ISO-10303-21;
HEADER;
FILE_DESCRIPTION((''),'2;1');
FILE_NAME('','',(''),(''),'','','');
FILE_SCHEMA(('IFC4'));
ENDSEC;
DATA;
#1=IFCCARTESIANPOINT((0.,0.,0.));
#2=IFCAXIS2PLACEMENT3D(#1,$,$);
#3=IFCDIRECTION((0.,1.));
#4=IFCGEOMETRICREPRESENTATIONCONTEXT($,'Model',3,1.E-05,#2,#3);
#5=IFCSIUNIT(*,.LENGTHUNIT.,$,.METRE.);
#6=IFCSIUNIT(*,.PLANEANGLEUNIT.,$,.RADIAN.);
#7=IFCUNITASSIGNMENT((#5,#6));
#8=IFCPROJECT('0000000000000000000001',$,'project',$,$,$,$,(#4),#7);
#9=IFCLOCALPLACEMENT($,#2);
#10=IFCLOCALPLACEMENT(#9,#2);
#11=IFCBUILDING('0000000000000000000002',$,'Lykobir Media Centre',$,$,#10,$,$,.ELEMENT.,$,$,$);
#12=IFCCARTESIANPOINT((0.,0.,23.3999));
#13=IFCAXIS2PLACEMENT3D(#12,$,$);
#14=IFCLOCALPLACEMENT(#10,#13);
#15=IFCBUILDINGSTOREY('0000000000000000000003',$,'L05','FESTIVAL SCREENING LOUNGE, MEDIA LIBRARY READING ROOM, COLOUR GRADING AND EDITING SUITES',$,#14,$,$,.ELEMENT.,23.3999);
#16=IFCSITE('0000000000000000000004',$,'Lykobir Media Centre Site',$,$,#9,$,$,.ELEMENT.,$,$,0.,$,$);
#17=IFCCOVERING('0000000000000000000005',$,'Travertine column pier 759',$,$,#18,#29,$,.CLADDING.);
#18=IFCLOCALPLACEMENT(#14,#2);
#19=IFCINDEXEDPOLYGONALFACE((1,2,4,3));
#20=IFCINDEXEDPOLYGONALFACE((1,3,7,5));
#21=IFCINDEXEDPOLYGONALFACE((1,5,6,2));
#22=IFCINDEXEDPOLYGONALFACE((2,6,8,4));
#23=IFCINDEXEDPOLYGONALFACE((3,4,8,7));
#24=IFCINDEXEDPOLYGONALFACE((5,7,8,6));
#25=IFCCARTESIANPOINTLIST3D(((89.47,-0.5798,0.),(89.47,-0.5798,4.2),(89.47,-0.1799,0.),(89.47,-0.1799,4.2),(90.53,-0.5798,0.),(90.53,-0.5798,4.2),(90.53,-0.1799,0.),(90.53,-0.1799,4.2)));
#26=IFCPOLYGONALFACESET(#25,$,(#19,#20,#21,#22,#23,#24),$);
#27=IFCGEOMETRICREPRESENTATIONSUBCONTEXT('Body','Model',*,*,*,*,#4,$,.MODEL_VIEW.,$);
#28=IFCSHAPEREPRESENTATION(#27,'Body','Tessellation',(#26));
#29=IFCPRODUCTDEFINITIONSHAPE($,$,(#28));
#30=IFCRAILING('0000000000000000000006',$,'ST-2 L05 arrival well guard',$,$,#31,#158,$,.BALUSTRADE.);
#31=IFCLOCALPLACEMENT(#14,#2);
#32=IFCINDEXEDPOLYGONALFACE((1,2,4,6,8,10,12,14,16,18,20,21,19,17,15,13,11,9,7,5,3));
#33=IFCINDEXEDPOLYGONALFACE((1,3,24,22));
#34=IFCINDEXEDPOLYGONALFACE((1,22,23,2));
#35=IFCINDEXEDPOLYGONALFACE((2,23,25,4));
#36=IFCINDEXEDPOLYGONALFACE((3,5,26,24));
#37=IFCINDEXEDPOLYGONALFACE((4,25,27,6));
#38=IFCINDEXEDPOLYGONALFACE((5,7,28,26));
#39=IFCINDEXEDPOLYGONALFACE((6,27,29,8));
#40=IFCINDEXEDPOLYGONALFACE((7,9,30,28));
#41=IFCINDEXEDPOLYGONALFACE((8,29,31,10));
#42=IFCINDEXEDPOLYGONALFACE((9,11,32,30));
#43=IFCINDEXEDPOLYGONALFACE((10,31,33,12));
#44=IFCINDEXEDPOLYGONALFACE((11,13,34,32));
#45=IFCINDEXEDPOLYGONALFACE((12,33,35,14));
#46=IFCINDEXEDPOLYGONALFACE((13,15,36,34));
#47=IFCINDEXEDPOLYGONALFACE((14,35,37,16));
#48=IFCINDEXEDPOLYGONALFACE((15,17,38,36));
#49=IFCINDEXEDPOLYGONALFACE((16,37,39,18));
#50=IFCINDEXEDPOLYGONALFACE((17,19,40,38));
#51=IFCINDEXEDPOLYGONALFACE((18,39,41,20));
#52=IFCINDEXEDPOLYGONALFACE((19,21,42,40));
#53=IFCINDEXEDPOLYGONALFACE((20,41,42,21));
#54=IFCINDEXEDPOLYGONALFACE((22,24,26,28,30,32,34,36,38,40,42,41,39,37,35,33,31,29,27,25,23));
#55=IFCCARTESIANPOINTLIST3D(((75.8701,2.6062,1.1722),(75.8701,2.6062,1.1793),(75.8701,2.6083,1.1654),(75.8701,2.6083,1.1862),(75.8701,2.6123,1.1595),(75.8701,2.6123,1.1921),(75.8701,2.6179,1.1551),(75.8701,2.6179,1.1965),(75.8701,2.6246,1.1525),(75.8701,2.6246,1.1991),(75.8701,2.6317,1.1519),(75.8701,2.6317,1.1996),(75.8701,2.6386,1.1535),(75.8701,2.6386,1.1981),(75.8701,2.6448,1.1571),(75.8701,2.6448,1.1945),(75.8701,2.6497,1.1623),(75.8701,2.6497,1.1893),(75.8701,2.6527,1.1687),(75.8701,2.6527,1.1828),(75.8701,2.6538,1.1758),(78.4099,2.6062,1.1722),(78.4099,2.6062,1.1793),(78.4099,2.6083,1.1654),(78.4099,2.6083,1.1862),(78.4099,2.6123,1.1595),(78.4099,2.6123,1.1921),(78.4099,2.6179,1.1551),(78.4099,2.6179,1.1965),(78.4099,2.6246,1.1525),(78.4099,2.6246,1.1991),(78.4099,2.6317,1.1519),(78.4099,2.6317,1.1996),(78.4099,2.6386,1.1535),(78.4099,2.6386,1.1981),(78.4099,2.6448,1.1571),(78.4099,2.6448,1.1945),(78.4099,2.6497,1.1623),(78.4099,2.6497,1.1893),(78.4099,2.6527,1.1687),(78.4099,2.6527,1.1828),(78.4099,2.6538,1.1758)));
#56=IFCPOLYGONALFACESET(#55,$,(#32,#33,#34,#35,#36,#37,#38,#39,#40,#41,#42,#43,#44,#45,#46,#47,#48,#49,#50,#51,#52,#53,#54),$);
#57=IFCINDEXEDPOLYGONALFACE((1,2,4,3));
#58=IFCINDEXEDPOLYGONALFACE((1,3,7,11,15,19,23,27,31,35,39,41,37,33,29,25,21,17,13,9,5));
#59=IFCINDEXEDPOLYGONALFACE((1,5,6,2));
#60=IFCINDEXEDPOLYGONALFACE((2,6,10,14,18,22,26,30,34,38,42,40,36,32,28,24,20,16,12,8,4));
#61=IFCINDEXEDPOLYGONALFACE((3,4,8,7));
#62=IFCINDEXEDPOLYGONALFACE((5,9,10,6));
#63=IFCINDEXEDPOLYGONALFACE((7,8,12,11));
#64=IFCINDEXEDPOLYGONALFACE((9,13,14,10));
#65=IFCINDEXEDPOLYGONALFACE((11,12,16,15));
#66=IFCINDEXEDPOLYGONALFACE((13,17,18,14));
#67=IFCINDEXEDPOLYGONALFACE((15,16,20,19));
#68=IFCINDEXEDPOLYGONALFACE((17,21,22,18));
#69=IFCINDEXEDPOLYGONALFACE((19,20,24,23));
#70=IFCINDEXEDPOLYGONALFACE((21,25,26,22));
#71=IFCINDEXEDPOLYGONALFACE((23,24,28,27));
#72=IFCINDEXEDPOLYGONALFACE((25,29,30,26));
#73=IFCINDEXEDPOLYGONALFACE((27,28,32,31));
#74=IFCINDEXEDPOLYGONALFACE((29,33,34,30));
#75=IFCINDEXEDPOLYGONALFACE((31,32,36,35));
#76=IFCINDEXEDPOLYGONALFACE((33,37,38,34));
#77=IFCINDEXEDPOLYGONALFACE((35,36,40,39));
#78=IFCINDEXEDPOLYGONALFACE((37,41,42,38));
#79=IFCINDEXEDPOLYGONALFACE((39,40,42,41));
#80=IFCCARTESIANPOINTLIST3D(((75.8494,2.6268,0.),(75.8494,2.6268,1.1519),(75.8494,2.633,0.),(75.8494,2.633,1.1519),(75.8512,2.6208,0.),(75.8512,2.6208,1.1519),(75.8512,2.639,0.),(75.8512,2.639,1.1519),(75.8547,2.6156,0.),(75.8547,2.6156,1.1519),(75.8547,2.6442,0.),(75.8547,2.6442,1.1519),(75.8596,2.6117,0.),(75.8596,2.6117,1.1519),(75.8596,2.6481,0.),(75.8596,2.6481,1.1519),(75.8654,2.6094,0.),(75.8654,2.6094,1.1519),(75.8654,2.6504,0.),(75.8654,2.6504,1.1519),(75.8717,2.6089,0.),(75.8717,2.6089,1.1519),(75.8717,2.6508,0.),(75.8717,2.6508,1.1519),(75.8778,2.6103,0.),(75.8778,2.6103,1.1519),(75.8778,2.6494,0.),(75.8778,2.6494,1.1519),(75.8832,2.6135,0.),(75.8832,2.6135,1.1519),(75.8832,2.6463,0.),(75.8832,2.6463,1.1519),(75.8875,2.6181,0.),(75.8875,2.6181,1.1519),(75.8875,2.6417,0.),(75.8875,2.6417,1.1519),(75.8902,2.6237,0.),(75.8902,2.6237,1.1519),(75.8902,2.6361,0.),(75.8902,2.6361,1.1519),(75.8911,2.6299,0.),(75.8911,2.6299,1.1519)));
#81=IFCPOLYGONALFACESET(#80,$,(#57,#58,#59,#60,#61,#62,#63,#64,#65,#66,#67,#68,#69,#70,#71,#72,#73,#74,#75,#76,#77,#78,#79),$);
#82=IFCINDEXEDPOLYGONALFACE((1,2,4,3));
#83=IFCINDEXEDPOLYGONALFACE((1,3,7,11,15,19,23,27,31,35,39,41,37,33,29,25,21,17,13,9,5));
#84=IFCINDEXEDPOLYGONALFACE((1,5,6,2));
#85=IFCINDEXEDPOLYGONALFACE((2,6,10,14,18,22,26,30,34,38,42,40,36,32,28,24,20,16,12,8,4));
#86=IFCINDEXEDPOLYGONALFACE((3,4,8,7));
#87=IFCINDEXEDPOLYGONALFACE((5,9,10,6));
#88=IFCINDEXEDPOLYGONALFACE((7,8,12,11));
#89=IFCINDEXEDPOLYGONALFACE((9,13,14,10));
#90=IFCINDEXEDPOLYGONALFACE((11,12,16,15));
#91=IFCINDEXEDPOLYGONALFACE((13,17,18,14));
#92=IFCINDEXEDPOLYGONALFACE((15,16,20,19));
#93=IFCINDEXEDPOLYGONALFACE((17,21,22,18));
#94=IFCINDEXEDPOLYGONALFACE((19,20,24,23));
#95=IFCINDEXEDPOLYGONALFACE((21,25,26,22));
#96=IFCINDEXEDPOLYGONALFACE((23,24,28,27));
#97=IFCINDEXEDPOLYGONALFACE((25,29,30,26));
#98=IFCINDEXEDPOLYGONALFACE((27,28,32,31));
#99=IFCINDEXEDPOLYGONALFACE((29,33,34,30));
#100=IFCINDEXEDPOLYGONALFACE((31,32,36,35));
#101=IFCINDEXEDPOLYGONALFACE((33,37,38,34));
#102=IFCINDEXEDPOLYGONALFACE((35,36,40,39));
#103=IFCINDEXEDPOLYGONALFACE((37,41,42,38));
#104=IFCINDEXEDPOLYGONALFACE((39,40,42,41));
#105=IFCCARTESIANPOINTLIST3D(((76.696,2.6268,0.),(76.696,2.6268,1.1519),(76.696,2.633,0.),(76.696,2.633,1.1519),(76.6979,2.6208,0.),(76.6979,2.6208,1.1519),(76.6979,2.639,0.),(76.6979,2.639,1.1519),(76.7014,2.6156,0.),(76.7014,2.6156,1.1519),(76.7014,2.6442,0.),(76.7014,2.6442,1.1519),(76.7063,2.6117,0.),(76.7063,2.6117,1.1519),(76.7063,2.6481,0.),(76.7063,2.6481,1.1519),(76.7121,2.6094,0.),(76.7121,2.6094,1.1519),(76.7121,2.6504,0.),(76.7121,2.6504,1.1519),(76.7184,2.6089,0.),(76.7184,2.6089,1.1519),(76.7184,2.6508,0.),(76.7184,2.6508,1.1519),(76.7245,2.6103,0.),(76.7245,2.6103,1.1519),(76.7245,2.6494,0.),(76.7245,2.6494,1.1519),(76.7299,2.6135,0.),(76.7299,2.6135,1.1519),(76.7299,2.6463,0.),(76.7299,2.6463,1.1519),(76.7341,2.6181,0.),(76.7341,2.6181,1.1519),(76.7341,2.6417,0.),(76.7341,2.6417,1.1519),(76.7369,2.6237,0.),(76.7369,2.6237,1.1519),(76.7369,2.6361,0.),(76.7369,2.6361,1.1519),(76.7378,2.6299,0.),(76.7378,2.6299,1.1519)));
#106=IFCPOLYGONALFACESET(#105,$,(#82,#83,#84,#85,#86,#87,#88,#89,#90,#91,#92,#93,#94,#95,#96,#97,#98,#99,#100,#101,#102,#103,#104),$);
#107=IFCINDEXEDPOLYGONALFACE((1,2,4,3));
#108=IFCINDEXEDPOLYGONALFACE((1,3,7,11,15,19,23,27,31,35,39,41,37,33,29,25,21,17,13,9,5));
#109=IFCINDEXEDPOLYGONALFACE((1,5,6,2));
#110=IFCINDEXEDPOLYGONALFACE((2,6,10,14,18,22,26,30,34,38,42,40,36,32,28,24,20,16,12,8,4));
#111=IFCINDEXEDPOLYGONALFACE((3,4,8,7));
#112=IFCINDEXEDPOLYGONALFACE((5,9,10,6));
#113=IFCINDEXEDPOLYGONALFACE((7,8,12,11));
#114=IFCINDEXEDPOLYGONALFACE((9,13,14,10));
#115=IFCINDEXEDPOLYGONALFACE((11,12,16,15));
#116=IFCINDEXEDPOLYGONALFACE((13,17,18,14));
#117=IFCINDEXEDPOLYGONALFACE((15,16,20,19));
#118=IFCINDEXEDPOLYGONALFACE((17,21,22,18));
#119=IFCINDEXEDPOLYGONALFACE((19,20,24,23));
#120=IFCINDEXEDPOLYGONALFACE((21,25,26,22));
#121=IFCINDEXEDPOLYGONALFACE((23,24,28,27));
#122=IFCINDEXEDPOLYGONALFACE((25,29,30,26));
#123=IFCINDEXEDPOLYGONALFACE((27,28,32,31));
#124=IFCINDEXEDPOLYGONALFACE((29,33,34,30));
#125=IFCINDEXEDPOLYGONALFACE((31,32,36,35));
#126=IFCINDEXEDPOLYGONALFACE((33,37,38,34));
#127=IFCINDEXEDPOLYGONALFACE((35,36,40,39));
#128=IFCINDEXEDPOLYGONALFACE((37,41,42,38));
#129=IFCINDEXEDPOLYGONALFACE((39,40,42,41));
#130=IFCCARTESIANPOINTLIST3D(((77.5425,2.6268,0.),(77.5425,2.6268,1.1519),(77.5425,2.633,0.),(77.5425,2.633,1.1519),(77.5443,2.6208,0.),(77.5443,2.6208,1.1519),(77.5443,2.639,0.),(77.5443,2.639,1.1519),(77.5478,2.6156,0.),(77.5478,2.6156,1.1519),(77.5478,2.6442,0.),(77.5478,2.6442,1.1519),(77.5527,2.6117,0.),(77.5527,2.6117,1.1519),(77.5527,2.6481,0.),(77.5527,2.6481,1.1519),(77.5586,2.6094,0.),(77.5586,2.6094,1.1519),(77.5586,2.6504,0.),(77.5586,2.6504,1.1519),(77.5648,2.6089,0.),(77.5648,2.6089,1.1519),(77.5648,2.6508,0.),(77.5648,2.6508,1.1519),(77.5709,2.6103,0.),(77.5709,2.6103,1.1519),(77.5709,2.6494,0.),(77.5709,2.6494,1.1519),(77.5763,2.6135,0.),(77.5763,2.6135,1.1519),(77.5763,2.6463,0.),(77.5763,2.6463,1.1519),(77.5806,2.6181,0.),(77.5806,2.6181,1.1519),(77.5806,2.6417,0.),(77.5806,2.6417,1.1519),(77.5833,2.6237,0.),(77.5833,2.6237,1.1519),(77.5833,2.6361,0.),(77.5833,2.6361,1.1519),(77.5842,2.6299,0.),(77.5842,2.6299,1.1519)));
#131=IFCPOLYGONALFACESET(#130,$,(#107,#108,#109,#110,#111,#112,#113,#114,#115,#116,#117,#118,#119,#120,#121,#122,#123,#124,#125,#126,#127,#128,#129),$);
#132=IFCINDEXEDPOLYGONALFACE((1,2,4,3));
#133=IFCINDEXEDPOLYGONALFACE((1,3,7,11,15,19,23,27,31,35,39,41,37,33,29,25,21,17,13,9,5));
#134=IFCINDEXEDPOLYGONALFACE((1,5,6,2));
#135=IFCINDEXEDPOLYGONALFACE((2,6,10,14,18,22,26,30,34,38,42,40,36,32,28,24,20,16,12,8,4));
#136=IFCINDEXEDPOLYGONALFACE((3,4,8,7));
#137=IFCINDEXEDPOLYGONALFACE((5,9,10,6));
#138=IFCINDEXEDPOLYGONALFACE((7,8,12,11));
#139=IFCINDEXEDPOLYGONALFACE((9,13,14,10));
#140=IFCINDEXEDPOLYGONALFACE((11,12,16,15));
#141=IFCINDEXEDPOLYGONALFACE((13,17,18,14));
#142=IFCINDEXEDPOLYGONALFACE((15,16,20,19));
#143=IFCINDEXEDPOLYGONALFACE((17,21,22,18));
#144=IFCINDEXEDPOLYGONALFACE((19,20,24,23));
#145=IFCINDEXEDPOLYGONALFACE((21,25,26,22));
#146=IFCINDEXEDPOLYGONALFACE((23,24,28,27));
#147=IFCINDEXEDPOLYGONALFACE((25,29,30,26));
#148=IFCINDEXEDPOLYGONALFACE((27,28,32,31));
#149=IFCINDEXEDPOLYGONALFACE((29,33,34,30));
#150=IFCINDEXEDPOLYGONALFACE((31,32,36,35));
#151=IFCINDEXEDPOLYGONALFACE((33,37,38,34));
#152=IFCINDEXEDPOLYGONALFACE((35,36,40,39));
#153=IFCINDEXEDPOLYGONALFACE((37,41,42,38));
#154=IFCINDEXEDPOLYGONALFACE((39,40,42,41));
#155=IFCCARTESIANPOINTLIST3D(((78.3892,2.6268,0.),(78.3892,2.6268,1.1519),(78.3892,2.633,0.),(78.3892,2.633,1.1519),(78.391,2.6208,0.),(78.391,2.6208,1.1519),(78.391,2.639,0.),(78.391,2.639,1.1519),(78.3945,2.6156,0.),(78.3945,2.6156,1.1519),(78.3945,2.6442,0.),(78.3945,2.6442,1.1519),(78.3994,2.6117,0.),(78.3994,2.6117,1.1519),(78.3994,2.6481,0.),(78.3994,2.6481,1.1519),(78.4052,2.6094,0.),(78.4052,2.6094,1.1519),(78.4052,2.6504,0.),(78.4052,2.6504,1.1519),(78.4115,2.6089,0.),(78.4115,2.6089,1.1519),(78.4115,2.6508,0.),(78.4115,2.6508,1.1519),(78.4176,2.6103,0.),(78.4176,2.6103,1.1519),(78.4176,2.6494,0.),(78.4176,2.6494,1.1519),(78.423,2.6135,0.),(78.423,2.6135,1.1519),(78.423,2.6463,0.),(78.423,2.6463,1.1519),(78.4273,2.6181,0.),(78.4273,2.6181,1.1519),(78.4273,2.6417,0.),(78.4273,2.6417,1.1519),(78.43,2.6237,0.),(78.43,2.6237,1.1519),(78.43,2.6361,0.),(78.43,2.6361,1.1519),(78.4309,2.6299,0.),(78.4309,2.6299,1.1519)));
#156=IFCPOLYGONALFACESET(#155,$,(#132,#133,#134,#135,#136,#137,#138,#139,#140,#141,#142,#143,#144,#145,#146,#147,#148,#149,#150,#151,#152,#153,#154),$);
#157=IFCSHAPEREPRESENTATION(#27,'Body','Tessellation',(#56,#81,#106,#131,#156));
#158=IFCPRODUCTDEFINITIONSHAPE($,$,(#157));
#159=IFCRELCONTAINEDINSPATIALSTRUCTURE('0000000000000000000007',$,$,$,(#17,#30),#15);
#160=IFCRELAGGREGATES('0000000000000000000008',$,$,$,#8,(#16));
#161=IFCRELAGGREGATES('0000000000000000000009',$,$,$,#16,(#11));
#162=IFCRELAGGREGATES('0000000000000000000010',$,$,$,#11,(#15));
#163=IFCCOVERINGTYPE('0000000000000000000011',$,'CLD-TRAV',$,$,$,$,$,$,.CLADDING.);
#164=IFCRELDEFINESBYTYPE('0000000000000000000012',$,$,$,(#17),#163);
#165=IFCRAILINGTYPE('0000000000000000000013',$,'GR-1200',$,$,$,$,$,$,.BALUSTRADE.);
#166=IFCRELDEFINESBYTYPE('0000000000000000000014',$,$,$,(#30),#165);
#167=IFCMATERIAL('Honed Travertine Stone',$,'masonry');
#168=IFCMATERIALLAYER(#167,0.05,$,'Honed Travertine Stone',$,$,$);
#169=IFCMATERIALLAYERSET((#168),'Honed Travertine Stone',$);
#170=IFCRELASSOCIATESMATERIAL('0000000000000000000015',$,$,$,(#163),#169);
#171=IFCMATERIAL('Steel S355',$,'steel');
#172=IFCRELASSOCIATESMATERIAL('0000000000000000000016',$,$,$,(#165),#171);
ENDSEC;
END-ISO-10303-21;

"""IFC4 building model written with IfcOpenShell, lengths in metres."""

from ifc_helpers import new_model, si_unit, direction, frame, origin, origin_2d, place, context, subcontext, project, spatial, rectangle, circle, extrude, material, layer, layer_set, type_object, element, save


model = new_model("IFC4")

# Units and contexts
model_context = context("Model", 3, precision=1e-05, world=origin(), true_north=direction((0.0, 1.0)))
body_context = subcontext(model_context, "Body", "Model", "MODEL_VIEW")
ifc_project = project(units=[si_unit("LENGTHUNIT", "METRE"), si_unit("PLANEANGLEUNIT", "RADIAN")], contexts=[model_context])

# Site, building, storey
site_placement = place(None, origin())
site = spatial("IfcSite", under=ifc_project, at=site_placement, Name="Lykobir Media Centre Site", CompositionType="ELEMENT", RefElevation=0.0)
building_placement = place(site_placement, origin())
building = spatial("IfcBuilding", under=site, at=building_placement, Name="Lykobir Media Centre", CompositionType="ELEMENT")
storey_placement = place(building_placement, frame((0.0, 0.0, 23.3999)))
storey = spatial("IfcBuildingStorey", under=building, at=storey_placement, Name="L05", Description="FESTIVAL SCREENING LOUNGE, MEDIA LIBRARY READING ROOM, COLOUR GRADING AND EDITING SUITES", CompositionType="ELEMENT", Elevation=23.3999)

# Shared definitions
ifc_material_1 = material(Name="Steel S355", Category="steel")

# Covering
ifc_material_2 = material(Name="Honed Travertine Stone", Category="masonry")
ifc_layer_1 = layer(ifc_material_2, 0.05, Name="Honed Travertine Stone")
ifc_layer_set_1 = layer_set([ifc_layer_1], Name="Honed Travertine Stone")
covering_type_1 = type_object("IfcCoveringType", Name="CLD-TRAV", PredefinedType="CLADDING", material=ifc_layer_set_1)
covering_1_placement = place(storey_placement, frame((90.0, -0.3799, 0.0), z_axis=(0.0, 0.0, 1.0), x_axis=(1.0, 0.0, 0.0)))
element("IfcCovering", 1, at=covering_1_placement, inside=storey, type_object=covering_type_1, Name="Travertine column pier 759", PredefinedType="CLADDING", context=body_context, shape_type="SweptSolid", body=[
    extrude(rectangle(XDim=1.0601, YDim=0.3999, at=origin_2d()), origin(), (0.0, 0.0, 1.0), 4.2),
])

# Railing
railing_type_1 = type_object("IfcRailingType", Name="GR-1200", PredefinedType="BALUSTRADE", material=ifc_material_1)
railing_1_placement = place(storey_placement, frame((75.8701, 2.6299, 0.0)))
element("IfcRailing", 2, at=railing_1_placement, inside=storey, type_object=railing_type_1, Name="ST-2 L05 arrival well guard", PredefinedType="BALUSTRADE", context=body_context, shape_type="SweptSolid", body=[
    extrude(circle(Radius=0.0239, at=origin_2d()), frame((0.0, 0.0, 1.1758), z_axis=(1.0, 0.0, 0.0), x_axis=(0.0, 1.0, 0.0)), (0.0, 0.0, 1.0), 2.5398),
    extrude(circle(Radius=0.021, at=origin_2d()), origin(), (0.0, 0.0, 1.0), 1.1519),
    extrude(circle(Radius=0.021, at=origin_2d()), frame((0.8467, 0.0, 0.0)), (0.0, 0.0, 1.0), 1.1519),
    extrude(circle(Radius=0.021, at=origin_2d()), frame((1.6931, 0.0, 0.0)), (0.0, 0.0, 1.0), 1.1519),
    extrude(circle(Radius=0.021, at=origin_2d()), frame((2.5398, 0.0, 0.0)), (0.0, 0.0, 1.0), 1.1519),
])

save(model, "model.ifc")
